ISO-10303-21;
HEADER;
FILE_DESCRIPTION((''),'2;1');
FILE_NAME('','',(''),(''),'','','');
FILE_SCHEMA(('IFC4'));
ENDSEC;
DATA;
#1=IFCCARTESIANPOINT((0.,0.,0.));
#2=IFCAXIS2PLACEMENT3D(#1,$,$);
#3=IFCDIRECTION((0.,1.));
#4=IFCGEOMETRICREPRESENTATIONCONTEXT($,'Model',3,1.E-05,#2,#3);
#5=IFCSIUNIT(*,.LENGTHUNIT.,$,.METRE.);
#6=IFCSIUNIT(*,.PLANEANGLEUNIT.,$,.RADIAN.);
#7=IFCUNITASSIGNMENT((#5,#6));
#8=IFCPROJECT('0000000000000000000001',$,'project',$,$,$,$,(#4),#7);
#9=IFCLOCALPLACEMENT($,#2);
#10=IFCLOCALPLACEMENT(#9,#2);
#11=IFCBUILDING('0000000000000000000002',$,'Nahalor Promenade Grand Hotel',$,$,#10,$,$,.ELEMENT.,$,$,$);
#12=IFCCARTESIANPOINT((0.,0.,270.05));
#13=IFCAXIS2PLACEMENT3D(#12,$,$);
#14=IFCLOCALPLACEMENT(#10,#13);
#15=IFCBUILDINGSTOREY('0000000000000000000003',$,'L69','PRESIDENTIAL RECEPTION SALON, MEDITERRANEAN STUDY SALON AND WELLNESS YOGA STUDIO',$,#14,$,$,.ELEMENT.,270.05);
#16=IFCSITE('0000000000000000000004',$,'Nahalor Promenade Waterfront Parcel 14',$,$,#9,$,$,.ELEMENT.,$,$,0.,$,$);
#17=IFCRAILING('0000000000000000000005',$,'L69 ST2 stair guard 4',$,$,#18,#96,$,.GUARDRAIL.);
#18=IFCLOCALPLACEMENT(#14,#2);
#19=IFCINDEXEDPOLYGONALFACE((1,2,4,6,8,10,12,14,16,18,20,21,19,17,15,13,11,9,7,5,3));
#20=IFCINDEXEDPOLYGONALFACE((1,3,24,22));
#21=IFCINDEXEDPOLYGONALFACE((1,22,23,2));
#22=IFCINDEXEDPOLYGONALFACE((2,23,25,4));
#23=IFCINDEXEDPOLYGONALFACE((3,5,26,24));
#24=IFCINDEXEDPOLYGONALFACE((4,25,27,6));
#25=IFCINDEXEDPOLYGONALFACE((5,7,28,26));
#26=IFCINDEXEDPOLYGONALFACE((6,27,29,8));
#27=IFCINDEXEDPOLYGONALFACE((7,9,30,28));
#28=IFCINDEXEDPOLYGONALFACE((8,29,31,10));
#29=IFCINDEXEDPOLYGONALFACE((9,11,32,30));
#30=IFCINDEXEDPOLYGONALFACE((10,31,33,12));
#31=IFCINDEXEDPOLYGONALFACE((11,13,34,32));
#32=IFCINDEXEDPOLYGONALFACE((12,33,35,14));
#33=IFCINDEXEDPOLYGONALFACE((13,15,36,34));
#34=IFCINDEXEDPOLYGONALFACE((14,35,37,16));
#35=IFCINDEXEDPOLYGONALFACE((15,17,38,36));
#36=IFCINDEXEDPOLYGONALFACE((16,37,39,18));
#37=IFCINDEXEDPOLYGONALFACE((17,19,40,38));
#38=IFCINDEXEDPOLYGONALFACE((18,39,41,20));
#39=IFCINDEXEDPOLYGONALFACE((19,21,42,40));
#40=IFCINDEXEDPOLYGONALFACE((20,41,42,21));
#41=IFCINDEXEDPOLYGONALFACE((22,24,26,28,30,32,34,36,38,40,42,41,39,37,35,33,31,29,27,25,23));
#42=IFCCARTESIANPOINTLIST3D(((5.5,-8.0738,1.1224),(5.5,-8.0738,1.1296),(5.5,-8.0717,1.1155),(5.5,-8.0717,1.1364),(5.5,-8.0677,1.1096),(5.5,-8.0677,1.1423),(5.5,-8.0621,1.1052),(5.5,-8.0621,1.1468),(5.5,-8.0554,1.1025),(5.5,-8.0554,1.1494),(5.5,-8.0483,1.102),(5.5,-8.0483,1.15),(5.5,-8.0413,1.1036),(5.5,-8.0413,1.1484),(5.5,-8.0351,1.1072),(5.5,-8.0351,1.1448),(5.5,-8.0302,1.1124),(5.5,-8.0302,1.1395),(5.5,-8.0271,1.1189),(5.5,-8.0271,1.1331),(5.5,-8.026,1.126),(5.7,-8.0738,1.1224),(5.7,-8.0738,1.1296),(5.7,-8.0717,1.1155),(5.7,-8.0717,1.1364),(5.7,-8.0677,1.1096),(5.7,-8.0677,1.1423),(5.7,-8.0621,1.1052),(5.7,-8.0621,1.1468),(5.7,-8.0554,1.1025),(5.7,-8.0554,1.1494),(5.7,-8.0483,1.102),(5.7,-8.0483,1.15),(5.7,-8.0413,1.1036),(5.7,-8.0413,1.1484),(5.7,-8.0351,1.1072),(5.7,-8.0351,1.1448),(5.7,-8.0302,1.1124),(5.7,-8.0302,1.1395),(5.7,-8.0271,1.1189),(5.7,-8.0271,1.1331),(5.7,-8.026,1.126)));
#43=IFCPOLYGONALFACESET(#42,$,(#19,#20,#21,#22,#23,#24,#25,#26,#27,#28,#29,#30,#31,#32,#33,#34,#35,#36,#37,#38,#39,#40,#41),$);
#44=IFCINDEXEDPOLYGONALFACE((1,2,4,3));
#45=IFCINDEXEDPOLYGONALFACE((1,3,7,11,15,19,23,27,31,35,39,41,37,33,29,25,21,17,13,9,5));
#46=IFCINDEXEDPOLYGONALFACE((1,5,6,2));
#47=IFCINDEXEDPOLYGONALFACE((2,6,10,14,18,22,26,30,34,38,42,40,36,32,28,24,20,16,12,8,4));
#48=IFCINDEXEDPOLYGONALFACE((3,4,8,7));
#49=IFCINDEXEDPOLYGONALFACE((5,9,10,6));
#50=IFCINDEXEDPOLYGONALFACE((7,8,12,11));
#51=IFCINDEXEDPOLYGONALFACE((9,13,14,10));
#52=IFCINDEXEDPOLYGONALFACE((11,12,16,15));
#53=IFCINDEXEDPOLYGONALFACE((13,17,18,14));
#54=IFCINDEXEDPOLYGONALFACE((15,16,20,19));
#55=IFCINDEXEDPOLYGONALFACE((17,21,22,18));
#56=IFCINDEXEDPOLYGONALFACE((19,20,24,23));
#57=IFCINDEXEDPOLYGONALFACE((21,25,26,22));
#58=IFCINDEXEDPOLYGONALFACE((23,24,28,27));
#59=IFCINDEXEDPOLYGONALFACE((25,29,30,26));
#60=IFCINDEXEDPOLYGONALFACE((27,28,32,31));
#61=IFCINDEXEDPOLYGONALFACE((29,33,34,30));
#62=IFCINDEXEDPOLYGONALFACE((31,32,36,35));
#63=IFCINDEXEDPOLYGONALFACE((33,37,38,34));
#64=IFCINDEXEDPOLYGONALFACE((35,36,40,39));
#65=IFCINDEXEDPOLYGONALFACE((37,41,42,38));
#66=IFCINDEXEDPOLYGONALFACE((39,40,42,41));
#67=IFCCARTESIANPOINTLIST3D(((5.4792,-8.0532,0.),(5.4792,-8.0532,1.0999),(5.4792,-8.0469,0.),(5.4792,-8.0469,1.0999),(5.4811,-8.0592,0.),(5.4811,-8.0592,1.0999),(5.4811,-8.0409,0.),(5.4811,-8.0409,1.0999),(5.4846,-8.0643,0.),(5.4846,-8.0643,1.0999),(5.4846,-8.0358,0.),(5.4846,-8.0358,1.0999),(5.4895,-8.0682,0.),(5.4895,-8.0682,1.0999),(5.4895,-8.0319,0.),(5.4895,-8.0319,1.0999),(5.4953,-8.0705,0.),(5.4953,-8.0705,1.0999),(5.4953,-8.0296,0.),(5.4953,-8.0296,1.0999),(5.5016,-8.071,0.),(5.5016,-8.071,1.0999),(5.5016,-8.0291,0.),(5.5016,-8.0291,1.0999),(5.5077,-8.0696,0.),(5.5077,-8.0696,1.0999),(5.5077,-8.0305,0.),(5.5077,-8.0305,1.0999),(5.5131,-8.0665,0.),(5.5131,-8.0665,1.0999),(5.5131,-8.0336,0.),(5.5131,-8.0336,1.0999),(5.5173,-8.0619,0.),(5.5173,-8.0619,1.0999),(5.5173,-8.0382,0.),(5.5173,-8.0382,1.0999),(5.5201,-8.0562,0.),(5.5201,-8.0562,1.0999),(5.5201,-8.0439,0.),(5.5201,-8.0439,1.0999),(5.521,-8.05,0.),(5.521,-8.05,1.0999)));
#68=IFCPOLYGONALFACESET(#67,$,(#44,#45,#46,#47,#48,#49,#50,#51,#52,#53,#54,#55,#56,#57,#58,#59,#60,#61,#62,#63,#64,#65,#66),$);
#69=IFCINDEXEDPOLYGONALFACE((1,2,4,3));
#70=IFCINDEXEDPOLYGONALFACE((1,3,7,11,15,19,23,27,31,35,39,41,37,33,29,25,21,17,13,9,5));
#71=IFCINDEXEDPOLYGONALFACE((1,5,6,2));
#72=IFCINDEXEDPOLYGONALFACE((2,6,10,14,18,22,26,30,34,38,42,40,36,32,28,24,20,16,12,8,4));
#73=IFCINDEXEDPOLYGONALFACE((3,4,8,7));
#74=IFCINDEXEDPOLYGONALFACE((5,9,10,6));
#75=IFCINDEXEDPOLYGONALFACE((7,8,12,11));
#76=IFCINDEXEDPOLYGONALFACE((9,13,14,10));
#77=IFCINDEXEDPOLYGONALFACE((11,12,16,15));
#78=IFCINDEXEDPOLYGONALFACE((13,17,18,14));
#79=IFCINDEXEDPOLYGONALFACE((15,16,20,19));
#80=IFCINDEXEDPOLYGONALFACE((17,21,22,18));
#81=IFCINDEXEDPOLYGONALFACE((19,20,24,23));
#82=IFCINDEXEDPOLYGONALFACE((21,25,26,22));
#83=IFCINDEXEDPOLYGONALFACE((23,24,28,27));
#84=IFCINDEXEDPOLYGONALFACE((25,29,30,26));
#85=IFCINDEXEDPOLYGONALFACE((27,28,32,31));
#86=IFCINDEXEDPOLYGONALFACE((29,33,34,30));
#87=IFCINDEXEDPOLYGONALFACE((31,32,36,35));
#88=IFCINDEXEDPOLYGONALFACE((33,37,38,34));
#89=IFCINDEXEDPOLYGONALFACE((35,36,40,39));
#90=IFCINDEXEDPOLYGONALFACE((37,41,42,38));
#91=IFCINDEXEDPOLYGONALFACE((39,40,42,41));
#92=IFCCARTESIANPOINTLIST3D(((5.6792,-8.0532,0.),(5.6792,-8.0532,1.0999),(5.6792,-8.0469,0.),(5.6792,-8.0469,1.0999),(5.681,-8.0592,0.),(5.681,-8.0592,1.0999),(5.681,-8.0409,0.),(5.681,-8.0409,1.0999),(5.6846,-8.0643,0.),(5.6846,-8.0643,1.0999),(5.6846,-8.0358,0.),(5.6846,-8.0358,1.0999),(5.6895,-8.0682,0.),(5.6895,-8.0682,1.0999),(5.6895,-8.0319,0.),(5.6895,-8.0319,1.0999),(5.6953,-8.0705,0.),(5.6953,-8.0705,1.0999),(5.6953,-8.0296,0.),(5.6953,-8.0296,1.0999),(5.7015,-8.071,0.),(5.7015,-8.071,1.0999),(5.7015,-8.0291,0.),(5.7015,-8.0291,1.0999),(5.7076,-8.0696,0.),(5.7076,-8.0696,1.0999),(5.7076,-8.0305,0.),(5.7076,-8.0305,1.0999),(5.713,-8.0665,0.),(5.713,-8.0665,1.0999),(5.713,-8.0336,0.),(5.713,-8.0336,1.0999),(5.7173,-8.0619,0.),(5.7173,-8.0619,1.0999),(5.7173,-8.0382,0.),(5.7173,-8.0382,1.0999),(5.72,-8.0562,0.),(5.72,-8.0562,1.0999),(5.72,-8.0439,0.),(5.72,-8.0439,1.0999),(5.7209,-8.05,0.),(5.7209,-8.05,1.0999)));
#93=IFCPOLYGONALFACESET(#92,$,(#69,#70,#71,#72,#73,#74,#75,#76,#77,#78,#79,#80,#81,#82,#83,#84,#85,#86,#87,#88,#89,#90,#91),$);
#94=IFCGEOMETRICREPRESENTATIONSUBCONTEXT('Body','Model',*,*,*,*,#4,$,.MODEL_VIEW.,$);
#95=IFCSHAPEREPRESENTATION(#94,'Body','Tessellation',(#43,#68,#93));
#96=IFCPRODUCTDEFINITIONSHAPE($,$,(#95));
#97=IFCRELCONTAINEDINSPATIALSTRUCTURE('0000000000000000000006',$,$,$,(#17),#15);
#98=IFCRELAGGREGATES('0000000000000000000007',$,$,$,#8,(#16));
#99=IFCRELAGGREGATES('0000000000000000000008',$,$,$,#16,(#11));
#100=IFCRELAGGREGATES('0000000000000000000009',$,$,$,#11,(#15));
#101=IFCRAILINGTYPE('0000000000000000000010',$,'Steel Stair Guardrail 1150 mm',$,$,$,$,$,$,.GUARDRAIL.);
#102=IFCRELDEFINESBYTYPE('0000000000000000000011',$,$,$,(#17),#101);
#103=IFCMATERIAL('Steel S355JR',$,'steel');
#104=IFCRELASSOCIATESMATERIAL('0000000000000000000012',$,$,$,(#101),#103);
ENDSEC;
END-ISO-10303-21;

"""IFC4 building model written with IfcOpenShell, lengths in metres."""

from ifc_helpers import new_model, si_unit, direction, frame, origin, origin_2d, place, context, subcontext, project, spatial, circle, extrude, material, type_object, element, save


model = new_model("IFC4")

# Units and contexts
model_context = context("Model", 3, precision=1e-05, world=origin(), true_north=direction((0.0, 1.0)))
body_context = subcontext(model_context, "Body", "Model", "MODEL_VIEW")
ifc_project = project(units=[si_unit("LENGTHUNIT", "METRE"), si_unit("PLANEANGLEUNIT", "RADIAN")], contexts=[model_context])

# Site, building, storey
site_placement = place(None, origin())
site = spatial("IfcSite", under=ifc_project, at=site_placement, Name="Nahalor Promenade Waterfront Parcel 14", CompositionType="ELEMENT", RefElevation=0.0)
building_placement = place(site_placement, origin())
building = spatial("IfcBuilding", under=site, at=building_placement, Name="Nahalor Promenade Grand Hotel", CompositionType="ELEMENT")
storey_placement = place(building_placement, frame((0.0, 0.0, 270.05)))
storey = spatial("IfcBuildingStorey", under=building, at=storey_placement, Name="L69", Description="PRESIDENTIAL RECEPTION SALON, MEDITERRANEAN STUDY SALON AND WELLNESS YOGA STUDIO", CompositionType="ELEMENT", Elevation=270.05)

# Shared definitions
ifc_material_1 = material(Name="Steel S355JR", Category="steel")

# Railing
railing_type_1 = type_object("IfcRailingType", Name="Steel Stair Guardrail 1150 mm", PredefinedType="GUARDRAIL", material=ifc_material_1)
railing_1_placement = place(storey_placement, frame((5.5, -8.05, 0.0)))
element("IfcRailing", 1, at=railing_1_placement, inside=storey, type_object=railing_type_1, Name="L69 ST2 stair guard 4", PredefinedType="GUARDRAIL", context=body_context, shape_type="SweptSolid", body=[
    extrude(circle(Radius=0.024, at=origin_2d()), frame((0.0, 0.0, 1.126), z_axis=(1.0, 0.0, 0.0), x_axis=(0.0, 1.0, 0.0)), (0.0, 0.0, 1.0), 0.2),
    extrude(circle(Radius=0.021, at=origin_2d()), origin(), (0.0, 0.0, 1.0), 1.0999),
    extrude(circle(Radius=0.021, at=origin_2d()), frame((0.2, 0.0, 0.0)), (0.0, 0.0, 1.0), 1.0999),
])

save(model, "model.ifc")
